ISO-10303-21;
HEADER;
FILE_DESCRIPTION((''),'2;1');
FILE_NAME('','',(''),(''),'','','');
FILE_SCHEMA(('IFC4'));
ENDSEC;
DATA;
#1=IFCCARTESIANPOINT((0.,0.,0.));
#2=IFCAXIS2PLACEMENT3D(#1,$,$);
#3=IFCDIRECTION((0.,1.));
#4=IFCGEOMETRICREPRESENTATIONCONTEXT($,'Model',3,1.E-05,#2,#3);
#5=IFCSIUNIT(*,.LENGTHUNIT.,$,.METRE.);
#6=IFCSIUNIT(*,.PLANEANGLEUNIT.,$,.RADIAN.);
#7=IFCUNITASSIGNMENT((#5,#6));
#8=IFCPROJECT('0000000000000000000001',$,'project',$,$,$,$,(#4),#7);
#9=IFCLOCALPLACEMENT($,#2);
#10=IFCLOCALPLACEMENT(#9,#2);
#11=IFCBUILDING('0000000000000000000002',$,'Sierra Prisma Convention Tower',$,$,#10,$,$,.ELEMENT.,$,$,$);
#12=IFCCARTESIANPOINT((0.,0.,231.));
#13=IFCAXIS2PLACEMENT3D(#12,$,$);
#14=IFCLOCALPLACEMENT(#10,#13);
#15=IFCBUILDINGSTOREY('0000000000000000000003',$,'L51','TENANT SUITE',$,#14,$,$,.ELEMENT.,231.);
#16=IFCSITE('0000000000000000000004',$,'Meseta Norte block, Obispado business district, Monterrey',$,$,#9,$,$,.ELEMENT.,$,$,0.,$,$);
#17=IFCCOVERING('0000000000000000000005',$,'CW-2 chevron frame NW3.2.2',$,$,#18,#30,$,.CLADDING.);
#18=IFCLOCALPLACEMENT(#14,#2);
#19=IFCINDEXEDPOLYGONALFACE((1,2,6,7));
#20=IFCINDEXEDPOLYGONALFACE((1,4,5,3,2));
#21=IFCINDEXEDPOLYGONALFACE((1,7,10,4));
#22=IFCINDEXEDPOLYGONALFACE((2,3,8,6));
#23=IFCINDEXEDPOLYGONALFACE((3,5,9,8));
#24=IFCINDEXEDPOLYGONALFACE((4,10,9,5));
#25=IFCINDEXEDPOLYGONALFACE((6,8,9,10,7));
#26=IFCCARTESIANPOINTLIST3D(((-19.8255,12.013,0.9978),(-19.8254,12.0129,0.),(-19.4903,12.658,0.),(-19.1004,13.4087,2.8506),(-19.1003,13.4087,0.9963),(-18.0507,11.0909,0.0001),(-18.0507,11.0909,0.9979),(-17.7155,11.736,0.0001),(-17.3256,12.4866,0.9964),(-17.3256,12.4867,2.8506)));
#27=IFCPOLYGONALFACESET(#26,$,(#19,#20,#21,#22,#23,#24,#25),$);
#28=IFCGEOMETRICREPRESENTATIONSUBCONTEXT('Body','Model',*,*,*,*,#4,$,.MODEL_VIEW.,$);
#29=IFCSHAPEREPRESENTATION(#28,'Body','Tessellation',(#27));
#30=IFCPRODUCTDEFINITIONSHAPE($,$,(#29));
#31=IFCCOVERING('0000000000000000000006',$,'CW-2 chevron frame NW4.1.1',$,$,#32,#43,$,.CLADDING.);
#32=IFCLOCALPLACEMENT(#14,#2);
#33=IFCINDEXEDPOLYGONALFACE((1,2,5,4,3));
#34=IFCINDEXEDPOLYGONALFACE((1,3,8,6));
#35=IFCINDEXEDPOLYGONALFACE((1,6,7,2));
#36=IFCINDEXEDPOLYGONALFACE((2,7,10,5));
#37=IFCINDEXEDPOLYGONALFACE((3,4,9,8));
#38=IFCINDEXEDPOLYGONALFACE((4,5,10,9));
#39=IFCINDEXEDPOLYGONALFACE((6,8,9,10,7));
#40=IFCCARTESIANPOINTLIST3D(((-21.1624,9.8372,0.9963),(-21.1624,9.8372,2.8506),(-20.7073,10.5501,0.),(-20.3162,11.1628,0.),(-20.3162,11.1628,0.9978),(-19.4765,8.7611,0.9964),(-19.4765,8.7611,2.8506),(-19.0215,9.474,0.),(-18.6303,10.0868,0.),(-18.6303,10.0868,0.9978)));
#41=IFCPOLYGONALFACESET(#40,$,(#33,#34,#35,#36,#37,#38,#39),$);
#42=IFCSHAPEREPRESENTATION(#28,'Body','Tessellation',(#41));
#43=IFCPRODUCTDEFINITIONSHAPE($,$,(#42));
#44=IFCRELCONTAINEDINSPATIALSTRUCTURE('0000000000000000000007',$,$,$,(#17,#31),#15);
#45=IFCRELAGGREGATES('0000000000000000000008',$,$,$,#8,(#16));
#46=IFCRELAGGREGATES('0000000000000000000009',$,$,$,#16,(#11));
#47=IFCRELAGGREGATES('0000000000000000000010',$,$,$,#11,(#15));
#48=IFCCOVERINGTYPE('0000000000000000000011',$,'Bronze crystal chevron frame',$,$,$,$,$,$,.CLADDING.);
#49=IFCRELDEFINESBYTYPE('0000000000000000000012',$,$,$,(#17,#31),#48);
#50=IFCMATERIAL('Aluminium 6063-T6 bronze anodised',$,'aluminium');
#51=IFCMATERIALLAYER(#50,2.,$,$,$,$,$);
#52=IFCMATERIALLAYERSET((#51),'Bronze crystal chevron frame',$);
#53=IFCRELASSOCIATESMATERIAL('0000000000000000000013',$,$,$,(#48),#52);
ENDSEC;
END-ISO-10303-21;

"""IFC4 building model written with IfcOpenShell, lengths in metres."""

from ifc_helpers import new_model, si_unit, direction, frame, origin, place, context, subcontext, project, spatial, polyline, outline, extrude, material, layer, layer_set, type_object, element, save


model = new_model("IFC4")

# Units and contexts
model_context = context("Model", 3, precision=1e-05, world=origin(), true_north=direction((0.0, 1.0)))
body_context = subcontext(model_context, "Body", "Model", "MODEL_VIEW")
ifc_project = project(units=[si_unit("LENGTHUNIT", "METRE"), si_unit("PLANEANGLEUNIT", "RADIAN")], contexts=[model_context])

# Site, building, storey
site_placement = place(None, origin())
site = spatial("IfcSite", under=ifc_project, at=site_placement, Name="Meseta Norte block, Obispado business district, Monterrey", CompositionType="ELEMENT", RefElevation=0.0)
building_placement = place(site_placement, origin())
building = spatial("IfcBuilding", under=site, at=building_placement, Name="Sierra Prisma Convention Tower", CompositionType="ELEMENT")
storey_placement = place(building_placement, frame((0.0, 0.0, 231.0)))
storey = spatial("IfcBuildingStorey", under=building, at=storey_placement, Name="L51", Description="TENANT SUITE", CompositionType="ELEMENT", Elevation=231.0)

# Coverings
ifc_material_1 = material(Name="Aluminium 6063-T6 bronze anodised", Category="aluminium")
ifc_layer_1 = layer(ifc_material_1, 2.0)
ifc_layer_set_1 = layer_set([ifc_layer_1], Name="Bronze crystal chevron frame")
covering_type = type_object("IfcCoveringType", Name="Bronze crystal chevron frame", PredefinedType="CLADDING", material=ifc_layer_set_1)
covering_1_placement = place(storey_placement, frame((-19.8254, 12.0129, 0.0), z_axis=(-0.887388, 0.461023, -0.000031), x_axis=(-0.000027, 0.000014, 1.0)))
element("IfcCovering", 1, at=covering_1_placement, inside=storey, type_object=covering_type, Name="CW-2 chevron frame NW3.2.2", PredefinedType="CLADDING", context=body_context, shape_type="SweptSolid", body=[
    extrude(outline(polyline([(0.0, 0.0), (0.9978, 0.0), (2.8506, 1.5729), (0.9963, 1.5729), (0.0, 0.7269), (0.0, 0.0)])), origin(), (0.0, 0.0, -1.0), 2.0),
])
covering_2_placement = place(storey_placement, frame((-20.3162, 11.1628, 0.0), z_axis=(-0.842922, 0.538035, -0.000009), x_axis=(-0.538035, -0.842922, 0.0)))
element("IfcCovering", 2, at=covering_2_placement, inside=storey, type_object=covering_type, Name="CW-2 chevron frame NW4.1.1", PredefinedType="CLADDING", context=body_context, shape_type="SweptSolid", body=[
    extrude(outline(polyline([(0.0, 0.0), (0.727, 0.0), (1.5727, 0.9963), (1.5727, 2.8506), (0.0, 0.9978), (0.0, 0.0)])), origin(), (0.0, 0.0, -1.0), 2.0),
])

save(model, "model.ifc")
